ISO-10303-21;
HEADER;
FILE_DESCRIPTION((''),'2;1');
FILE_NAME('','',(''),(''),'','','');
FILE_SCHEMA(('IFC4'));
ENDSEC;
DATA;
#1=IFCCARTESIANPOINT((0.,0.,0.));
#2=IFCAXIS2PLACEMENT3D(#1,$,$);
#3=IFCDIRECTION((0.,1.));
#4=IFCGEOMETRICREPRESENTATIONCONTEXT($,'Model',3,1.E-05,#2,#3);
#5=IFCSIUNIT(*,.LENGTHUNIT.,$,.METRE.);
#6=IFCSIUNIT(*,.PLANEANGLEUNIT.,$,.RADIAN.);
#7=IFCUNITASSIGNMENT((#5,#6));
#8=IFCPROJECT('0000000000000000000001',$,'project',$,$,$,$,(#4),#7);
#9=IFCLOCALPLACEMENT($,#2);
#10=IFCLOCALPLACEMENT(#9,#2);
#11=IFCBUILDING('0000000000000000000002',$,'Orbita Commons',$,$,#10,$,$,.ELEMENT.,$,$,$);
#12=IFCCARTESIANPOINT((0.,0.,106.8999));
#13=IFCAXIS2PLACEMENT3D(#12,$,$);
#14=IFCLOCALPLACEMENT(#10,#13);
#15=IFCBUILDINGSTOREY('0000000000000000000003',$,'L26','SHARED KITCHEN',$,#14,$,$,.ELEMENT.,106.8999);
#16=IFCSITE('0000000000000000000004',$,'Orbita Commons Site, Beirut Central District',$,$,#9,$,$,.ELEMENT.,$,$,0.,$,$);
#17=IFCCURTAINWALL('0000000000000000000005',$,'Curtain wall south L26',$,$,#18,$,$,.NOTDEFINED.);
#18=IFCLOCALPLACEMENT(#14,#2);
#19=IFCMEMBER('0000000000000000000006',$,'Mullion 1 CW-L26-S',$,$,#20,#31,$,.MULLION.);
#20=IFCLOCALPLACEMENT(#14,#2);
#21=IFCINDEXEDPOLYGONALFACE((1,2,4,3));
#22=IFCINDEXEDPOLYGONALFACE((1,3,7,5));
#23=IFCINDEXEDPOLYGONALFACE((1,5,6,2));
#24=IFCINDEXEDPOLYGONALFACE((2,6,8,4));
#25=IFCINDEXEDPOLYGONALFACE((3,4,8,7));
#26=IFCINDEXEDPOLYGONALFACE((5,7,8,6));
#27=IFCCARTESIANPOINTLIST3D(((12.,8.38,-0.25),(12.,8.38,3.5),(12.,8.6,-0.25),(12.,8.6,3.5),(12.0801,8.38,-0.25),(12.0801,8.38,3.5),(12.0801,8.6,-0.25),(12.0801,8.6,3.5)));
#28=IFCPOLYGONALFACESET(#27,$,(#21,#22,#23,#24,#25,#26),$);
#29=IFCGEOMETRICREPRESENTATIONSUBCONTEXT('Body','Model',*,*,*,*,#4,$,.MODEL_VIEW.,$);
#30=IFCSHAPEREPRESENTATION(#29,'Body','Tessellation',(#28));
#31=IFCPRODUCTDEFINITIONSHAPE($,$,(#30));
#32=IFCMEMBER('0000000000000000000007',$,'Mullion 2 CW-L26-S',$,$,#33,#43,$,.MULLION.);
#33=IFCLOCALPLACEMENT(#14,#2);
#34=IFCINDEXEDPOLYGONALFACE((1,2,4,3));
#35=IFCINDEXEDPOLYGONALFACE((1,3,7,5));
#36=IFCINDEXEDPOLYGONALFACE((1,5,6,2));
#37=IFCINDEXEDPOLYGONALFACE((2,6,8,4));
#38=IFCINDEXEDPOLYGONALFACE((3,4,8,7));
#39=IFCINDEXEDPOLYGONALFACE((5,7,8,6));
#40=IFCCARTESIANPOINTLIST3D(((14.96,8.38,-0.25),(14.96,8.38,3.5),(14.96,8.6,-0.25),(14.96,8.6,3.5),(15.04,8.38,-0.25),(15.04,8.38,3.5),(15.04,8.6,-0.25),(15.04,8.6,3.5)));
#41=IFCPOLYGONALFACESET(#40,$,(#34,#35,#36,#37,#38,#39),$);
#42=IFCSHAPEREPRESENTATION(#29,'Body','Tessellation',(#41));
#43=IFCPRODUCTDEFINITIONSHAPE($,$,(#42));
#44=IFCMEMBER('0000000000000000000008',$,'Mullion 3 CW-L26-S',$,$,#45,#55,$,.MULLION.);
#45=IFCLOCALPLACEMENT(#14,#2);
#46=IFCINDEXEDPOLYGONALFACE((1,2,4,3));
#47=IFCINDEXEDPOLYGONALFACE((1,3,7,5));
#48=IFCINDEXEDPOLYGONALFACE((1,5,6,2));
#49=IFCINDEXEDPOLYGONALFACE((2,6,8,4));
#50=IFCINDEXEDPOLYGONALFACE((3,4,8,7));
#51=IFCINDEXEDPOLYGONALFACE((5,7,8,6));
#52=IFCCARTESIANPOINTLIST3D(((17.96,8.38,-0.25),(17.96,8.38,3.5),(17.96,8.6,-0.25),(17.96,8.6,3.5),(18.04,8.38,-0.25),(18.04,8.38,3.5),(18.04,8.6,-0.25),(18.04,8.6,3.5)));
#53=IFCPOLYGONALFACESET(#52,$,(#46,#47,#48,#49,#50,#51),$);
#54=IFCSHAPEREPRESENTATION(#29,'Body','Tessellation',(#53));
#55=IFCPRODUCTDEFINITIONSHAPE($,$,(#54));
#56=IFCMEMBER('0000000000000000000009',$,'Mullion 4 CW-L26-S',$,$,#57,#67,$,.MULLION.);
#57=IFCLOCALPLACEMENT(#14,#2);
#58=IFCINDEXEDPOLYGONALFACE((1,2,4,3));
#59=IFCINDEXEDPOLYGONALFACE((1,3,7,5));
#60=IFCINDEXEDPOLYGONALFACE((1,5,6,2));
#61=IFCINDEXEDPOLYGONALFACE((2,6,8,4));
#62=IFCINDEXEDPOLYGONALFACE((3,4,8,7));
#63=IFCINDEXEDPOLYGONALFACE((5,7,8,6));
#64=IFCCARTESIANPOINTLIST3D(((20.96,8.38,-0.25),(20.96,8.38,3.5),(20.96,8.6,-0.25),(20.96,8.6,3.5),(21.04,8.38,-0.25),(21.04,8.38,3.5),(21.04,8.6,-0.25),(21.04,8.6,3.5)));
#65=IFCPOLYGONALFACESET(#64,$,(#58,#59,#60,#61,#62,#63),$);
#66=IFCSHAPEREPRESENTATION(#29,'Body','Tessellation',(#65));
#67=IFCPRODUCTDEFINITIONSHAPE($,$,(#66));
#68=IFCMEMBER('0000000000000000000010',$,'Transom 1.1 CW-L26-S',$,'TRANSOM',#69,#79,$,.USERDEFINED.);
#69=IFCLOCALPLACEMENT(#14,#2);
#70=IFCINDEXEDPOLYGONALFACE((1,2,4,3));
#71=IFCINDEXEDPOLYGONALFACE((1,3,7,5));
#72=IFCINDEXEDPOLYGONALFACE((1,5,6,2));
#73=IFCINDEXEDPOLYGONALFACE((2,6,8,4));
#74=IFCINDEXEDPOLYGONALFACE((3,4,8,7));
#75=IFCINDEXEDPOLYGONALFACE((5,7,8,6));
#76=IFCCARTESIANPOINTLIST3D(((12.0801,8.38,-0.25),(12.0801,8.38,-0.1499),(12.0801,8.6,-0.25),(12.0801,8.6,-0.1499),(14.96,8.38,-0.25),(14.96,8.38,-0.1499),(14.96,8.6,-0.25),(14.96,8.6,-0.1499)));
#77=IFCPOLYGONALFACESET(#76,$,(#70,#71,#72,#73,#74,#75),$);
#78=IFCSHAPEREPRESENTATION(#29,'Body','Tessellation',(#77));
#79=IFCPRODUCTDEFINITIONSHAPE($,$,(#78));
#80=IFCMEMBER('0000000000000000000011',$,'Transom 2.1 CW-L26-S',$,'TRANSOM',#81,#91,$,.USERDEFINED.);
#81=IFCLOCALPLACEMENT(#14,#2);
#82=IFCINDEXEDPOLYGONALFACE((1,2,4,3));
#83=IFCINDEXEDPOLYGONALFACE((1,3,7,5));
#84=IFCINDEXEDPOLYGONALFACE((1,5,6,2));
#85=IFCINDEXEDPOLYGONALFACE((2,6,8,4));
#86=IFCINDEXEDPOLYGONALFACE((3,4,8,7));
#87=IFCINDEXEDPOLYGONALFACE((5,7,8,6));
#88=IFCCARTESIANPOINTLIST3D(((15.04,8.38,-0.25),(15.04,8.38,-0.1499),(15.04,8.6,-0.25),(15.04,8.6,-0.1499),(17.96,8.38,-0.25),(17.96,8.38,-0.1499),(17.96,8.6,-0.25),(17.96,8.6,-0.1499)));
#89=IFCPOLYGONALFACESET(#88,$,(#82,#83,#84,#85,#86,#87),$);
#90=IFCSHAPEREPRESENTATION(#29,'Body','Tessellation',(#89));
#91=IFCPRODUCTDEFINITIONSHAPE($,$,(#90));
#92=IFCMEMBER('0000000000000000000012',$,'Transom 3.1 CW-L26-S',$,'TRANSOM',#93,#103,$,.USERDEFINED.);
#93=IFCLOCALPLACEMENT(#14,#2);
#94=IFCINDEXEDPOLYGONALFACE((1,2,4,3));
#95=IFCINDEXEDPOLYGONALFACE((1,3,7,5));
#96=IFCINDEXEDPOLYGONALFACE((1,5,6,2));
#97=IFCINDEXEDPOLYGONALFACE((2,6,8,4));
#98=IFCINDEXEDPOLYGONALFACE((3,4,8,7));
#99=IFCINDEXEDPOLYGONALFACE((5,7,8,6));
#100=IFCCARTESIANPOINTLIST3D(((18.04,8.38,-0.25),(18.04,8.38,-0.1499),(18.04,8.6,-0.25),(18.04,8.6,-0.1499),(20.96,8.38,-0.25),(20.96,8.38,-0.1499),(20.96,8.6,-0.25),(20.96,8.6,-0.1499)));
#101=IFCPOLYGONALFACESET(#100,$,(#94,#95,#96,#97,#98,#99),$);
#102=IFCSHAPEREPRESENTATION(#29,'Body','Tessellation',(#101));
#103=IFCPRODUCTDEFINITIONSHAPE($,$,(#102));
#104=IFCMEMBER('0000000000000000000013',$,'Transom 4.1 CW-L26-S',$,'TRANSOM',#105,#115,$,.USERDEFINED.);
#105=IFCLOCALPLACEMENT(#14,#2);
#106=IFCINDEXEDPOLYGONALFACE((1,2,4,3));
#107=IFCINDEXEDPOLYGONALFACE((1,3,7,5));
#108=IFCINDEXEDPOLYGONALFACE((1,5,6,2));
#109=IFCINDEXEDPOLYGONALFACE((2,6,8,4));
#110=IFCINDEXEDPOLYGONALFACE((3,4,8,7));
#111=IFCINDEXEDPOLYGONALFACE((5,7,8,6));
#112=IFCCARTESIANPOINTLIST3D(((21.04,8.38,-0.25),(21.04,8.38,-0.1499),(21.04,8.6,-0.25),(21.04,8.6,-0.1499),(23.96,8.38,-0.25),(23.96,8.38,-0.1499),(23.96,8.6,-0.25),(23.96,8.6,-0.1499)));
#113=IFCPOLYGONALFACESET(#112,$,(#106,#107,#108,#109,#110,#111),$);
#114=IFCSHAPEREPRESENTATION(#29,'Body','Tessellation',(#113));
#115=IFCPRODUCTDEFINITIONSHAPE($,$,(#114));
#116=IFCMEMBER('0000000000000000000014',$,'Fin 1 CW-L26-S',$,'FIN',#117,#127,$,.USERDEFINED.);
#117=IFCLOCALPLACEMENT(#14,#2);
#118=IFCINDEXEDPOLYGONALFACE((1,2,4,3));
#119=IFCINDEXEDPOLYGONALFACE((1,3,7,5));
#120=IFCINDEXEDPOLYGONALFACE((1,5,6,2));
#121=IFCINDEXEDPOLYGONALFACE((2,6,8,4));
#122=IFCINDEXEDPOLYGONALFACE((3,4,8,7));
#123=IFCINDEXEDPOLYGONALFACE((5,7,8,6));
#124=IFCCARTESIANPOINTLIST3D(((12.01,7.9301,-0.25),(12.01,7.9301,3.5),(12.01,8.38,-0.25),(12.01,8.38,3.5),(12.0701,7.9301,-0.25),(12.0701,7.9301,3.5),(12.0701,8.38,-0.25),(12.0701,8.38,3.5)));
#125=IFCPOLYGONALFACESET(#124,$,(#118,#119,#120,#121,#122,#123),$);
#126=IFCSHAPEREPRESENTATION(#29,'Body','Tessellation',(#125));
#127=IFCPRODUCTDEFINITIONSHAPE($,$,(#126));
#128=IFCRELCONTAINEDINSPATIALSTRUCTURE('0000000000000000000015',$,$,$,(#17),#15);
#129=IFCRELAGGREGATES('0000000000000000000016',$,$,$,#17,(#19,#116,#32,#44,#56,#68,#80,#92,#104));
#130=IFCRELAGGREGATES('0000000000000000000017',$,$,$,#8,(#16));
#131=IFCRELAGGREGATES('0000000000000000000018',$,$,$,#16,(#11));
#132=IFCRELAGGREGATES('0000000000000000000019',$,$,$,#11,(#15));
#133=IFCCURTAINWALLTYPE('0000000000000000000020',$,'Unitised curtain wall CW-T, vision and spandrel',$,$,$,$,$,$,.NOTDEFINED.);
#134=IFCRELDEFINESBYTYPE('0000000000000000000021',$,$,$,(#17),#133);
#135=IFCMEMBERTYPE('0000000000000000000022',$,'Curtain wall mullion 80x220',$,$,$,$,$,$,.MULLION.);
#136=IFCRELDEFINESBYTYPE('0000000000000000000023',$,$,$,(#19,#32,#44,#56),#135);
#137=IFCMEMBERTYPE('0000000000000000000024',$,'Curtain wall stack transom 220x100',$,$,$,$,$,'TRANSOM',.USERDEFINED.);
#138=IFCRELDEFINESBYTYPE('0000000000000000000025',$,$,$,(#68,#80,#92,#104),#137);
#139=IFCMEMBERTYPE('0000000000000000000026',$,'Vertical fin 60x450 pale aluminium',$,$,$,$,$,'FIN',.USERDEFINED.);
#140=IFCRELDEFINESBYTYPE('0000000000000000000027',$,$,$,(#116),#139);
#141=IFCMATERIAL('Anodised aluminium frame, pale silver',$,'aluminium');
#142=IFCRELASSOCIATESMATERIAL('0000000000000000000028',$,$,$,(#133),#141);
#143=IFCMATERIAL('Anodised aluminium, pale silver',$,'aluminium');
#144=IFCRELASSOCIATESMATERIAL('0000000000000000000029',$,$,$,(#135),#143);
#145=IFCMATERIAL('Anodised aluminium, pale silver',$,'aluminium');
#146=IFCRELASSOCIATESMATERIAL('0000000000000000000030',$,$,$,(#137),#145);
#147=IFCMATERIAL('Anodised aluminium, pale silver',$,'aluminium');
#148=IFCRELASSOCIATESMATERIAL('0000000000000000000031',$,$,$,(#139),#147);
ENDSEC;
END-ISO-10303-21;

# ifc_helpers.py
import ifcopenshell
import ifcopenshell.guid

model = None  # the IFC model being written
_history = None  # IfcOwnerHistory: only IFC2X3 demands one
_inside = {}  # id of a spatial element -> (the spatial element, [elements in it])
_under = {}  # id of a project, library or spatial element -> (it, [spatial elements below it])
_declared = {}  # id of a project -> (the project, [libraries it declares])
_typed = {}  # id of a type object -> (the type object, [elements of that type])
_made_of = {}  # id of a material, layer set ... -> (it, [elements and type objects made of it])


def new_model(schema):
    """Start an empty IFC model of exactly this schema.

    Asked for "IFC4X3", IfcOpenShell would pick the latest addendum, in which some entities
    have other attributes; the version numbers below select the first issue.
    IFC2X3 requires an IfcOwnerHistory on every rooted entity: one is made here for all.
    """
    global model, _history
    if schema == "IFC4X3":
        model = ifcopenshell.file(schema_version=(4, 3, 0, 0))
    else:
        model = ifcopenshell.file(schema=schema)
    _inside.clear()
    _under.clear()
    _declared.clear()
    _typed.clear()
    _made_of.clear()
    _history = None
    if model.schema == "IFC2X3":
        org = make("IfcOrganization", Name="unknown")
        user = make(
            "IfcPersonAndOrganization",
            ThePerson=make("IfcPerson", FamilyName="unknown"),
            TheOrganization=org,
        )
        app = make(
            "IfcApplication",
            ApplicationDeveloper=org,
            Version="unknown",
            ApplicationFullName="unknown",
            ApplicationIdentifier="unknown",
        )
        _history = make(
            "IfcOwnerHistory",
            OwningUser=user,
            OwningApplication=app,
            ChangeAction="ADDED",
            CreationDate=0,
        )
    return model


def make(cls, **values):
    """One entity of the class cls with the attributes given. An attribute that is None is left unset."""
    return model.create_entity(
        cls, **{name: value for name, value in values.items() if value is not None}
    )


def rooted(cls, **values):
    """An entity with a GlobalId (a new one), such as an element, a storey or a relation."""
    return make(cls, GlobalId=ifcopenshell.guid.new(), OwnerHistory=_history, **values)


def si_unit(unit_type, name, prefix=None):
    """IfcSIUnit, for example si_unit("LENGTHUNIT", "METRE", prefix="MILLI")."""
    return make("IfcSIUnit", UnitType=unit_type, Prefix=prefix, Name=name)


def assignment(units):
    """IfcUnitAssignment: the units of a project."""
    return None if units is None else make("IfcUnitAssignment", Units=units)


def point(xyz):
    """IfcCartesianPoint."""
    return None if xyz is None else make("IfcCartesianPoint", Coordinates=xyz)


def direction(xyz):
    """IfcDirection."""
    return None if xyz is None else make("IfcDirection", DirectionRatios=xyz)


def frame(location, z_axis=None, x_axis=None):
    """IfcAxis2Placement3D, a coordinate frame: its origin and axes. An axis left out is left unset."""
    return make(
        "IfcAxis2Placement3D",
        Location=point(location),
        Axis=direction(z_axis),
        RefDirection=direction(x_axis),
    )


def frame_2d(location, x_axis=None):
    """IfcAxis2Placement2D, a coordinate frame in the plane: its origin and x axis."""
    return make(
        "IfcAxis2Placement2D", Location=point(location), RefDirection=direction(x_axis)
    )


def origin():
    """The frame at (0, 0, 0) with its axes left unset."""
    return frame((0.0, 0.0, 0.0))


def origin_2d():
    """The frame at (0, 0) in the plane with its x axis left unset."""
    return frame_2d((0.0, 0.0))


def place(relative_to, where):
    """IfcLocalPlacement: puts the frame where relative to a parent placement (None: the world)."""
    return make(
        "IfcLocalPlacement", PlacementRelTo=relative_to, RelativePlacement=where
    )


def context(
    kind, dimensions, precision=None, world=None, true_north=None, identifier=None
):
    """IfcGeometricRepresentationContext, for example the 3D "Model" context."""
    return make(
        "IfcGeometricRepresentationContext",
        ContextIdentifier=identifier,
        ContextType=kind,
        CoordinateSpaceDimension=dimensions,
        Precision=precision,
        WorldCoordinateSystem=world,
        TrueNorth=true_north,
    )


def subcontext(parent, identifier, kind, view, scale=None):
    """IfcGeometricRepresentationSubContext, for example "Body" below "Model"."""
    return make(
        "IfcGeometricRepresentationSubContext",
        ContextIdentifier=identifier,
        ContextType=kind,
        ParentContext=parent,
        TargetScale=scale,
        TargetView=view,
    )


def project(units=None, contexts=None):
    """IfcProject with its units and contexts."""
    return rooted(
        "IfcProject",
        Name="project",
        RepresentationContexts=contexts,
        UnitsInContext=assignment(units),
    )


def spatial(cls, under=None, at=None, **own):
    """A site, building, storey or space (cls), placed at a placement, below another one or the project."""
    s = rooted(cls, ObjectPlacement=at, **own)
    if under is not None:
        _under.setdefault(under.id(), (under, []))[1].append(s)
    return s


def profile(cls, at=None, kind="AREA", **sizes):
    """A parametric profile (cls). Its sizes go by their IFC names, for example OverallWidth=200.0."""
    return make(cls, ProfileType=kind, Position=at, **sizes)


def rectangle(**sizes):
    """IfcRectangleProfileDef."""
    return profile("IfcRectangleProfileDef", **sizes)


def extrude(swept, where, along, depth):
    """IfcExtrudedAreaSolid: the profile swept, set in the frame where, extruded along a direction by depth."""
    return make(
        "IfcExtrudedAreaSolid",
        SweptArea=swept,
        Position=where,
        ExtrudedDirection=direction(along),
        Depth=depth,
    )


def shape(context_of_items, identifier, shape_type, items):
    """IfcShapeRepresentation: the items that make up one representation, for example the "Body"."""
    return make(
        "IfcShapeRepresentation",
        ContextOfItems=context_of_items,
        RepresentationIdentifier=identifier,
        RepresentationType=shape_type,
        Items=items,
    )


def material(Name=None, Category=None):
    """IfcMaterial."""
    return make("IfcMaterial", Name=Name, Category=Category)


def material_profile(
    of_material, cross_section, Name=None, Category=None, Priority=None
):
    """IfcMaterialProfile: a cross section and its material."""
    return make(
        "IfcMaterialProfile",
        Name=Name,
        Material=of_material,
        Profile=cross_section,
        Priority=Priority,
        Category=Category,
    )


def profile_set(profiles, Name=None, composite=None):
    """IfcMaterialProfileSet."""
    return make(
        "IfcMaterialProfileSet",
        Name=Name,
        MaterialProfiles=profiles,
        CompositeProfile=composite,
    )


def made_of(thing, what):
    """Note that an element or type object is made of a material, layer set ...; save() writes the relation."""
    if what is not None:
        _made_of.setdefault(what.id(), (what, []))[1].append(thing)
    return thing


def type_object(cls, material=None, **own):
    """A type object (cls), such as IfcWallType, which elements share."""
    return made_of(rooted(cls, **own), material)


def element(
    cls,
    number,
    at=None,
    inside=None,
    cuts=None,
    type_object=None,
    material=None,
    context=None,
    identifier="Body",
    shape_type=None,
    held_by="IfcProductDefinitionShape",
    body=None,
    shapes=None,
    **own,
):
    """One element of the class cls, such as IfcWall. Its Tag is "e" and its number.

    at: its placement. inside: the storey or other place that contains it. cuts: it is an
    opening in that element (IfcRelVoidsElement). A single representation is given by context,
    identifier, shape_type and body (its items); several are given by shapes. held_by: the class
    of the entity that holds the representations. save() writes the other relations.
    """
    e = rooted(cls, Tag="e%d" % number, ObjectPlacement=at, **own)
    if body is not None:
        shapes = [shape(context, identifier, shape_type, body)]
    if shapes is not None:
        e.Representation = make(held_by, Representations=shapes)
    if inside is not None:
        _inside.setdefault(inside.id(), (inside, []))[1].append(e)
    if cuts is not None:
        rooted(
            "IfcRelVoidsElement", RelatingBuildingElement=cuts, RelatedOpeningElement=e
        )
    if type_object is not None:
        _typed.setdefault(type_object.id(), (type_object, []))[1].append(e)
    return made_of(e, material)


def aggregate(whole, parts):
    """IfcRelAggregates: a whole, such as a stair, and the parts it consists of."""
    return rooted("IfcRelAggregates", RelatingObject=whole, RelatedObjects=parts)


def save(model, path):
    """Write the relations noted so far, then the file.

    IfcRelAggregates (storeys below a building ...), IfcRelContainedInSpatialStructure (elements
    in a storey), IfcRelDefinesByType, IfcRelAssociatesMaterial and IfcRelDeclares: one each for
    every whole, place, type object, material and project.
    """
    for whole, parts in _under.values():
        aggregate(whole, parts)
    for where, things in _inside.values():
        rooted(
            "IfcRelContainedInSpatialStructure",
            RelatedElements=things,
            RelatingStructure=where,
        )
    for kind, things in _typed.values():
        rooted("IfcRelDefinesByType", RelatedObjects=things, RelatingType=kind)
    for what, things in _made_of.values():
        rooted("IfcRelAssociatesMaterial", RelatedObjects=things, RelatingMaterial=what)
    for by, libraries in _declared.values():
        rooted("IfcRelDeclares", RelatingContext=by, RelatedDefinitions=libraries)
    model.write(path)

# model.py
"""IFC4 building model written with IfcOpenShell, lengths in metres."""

from ifc_helpers import new_model, si_unit, direction, frame, origin, origin_2d, place, context, subcontext, project, spatial, rectangle, extrude, material, material_profile, profile_set, type_object, element, aggregate, save


model = new_model("IFC4")

# Units and contexts
model_context = context("Model", 3, precision=1e-05, world=origin(), true_north=direction((0.0, 1.0)))
body_context = subcontext(model_context, "Body", "Model", "MODEL_VIEW")
ifc_project = project(units=[si_unit("LENGTHUNIT", "METRE"), si_unit("PLANEANGLEUNIT", "RADIAN")], contexts=[model_context])

# Site, building, storey
site_placement = place(None, origin())
site = spatial("IfcSite", under=ifc_project, at=site_placement, Name="Orbita Commons Site, Beirut Central District", CompositionType="ELEMENT", RefElevation=0.0)
building_placement = place(site_placement, origin())
building = spatial("IfcBuilding", under=site, at=building_placement, Name="Orbita Commons", CompositionType="ELEMENT")
storey_placement = place(building_placement, frame((0.0, 0.0, 106.8999)))
storey = spatial("IfcBuildingStorey", under=building, at=storey_placement, Name="L26", Description="SHARED KITCHEN", CompositionType="ELEMENT", Elevation=106.8999)

# Curtain wall, members
ifc_material_1 = material(Name="Anodised aluminium frame, pale silver", Category="aluminium")
curtain_wall_type = type_object("IfcCurtainWallType", Name="Unitised curtain wall CW-T, vision and spandrel", PredefinedType="NOTDEFINED", material=ifc_material_1)
curtain_wall_placement = place(storey_placement, origin())
curtain_wall = element("IfcCurtainWall", 1, at=curtain_wall_placement, inside=storey, type_object=curtain_wall_type, Name="Curtain wall south L26", PredefinedType="NOTDEFINED")
ifc_material_2 = material(Name="Anodised aluminium, pale silver", Category="aluminium")
ifc_material_profile_1 = material_profile(ifc_material_2, rectangle(XDim=0.0801, YDim=0.22, at=origin_2d()), Name="AL 80x220")
ifc_profile_set_1 = profile_set([ifc_material_profile_1], Name="Anodised aluminium, pale silver")
member_type_1 = type_object("IfcMemberType", Name="Curtain wall mullion 80x220", PredefinedType="MULLION", material=ifc_profile_set_1)
member_1_placement = place(storey_placement, frame((12.04, 8.49, -0.25), z_axis=(0.0, 0.0, 1.0), x_axis=(1.0, 0.0, 0.0)))
member_1 = element("IfcMember", 2, at=member_1_placement, type_object=member_type_1, Name="Mullion 1 CW-L26-S", PredefinedType="MULLION", context=body_context, shape_type="SweptSolid", body=[
    extrude(rectangle(XDim=0.0801, YDim=0.22, at=origin_2d()), origin(), (0.0, 0.0, 1.0), 3.75),
])
member_2_placement = place(storey_placement, frame((15.0, 8.49, -0.25), z_axis=(0.0, 0.0, 1.0), x_axis=(1.0, 0.0, 0.0)))
member_2 = element("IfcMember", 3, at=member_2_placement, type_object=member_type_1, Name="Mullion 2 CW-L26-S", PredefinedType="MULLION", context=body_context, shape_type="SweptSolid", body=[
    extrude(rectangle(XDim=0.0801, YDim=0.22, at=origin_2d()), origin(), (0.0, 0.0, 1.0), 3.75),
])
member_3_placement = place(storey_placement, frame((18.0, 8.49, -0.25), z_axis=(0.0, 0.0, 1.0), x_axis=(1.0, 0.0, 0.0)))
member_3 = element("IfcMember", 4, at=member_3_placement, type_object=member_type_1, Name="Mullion 3 CW-L26-S", PredefinedType="MULLION", context=body_context, shape_type="SweptSolid", body=[
    extrude(rectangle(XDim=0.0801, YDim=0.22, at=origin_2d()), origin(), (0.0, 0.0, 1.0), 3.75),
])
member_4_placement = place(storey_placement, frame((21.0, 8.49, -0.25), z_axis=(0.0, 0.0, 1.0), x_axis=(1.0, 0.0, 0.0)))
member_4 = element("IfcMember", 5, at=member_4_placement, type_object=member_type_1, Name="Mullion 4 CW-L26-S", PredefinedType="MULLION", context=body_context, shape_type="SweptSolid", body=[
    extrude(rectangle(XDim=0.0801, YDim=0.22, at=origin_2d()), origin(), (0.0, 0.0, 1.0), 3.75),
])
ifc_material_3 = material(Name="Anodised aluminium, pale silver", Category="aluminium")
ifc_material_profile_2 = material_profile(ifc_material_3, rectangle(XDim=0.22, YDim=0.1001, at=origin_2d()), Name="AL 220x100")
ifc_profile_set_2 = profile_set([ifc_material_profile_2], Name="Anodised aluminium, pale silver")
member_type_2 = type_object("IfcMemberType", Name="Curtain wall stack transom 220x100", ElementType="TRANSOM", PredefinedType="USERDEFINED", material=ifc_profile_set_2)
member_5_placement = place(storey_placement, frame((12.0801, 8.49, -0.2), z_axis=(1.0, 0.0, 0.0), x_axis=(0.0, 1.0, 0.0)))
member_5 = element("IfcMember", 6, at=member_5_placement, type_object=member_type_2, Name="Transom 1.1 CW-L26-S", ObjectType="TRANSOM", PredefinedType="USERDEFINED", context=body_context, shape_type="SweptSolid", body=[
    extrude(rectangle(XDim=0.22, YDim=0.1001, at=origin_2d()), origin(), (0.0, 0.0, 1.0), 2.8799),
])
member_6_placement = place(storey_placement, frame((15.04, 8.49, -0.2), z_axis=(1.0, 0.0, 0.0), x_axis=(0.0, 1.0, 0.0)))
member_6 = element("IfcMember", 7, at=member_6_placement, type_object=member_type_2, Name="Transom 2.1 CW-L26-S", ObjectType="TRANSOM", PredefinedType="USERDEFINED", context=body_context, shape_type="SweptSolid", body=[
    extrude(rectangle(XDim=0.22, YDim=0.1001, at=origin_2d()), origin(), (0.0, 0.0, 1.0), 2.9199),
])
member_7_placement = place(storey_placement, frame((18.04, 8.49, -0.2), z_axis=(1.0, 0.0, 0.0), x_axis=(0.0, 1.0, 0.0)))
member_7 = element("IfcMember", 8, at=member_7_placement, type_object=member_type_2, Name="Transom 3.1 CW-L26-S", ObjectType="TRANSOM", PredefinedType="USERDEFINED", context=body_context, shape_type="SweptSolid", body=[
    extrude(rectangle(XDim=0.22, YDim=0.1001, at=origin_2d()), origin(), (0.0, 0.0, 1.0), 2.9199),
])
member_8_placement = place(storey_placement, frame((21.04, 8.49, -0.2), z_axis=(1.0, 0.0, 0.0), x_axis=(0.0, 1.0, 0.0)))
member_8 = element("IfcMember", 9, at=member_8_placement, type_object=member_type_2, Name="Transom 4.1 CW-L26-S", ObjectType="TRANSOM", PredefinedType="USERDEFINED", context=body_context, shape_type="SweptSolid", body=[
    extrude(rectangle(XDim=0.22, YDim=0.1001, at=origin_2d()), origin(), (0.0, 0.0, 1.0), 2.9199),
])
ifc_material_4 = material(Name="Anodised aluminium, pale silver", Category="aluminium")
ifc_material_profile_3 = material_profile(ifc_material_4, rectangle(XDim=0.0601, YDim=0.45, at=origin_2d()), Name="FIN 60x450")
ifc_profile_set_3 = profile_set([ifc_material_profile_3], Name="Anodised aluminium, pale silver")
member_type_3 = type_object("IfcMemberType", Name="Vertical fin 60x450 pale aluminium", ElementType="FIN", PredefinedType="USERDEFINED", material=ifc_profile_set_3)
member_9_placement = place(storey_placement, frame((12.04, 8.155, -0.25), z_axis=(0.0, 0.0, 1.0), x_axis=(1.0, 0.0, 0.0)))
member_9 = element("IfcMember", 10, at=member_9_placement, type_object=member_type_3, Name="Fin 1 CW-L26-S", ObjectType="FIN", PredefinedType="USERDEFINED", context=body_context, shape_type="SweptSolid", body=[
    extrude(rectangle(XDim=0.0601, YDim=0.45, at=origin_2d()), origin(), (0.0, 0.0, 1.0), 3.75),
])

aggregate(curtain_wall, [member_1, member_9, member_2, member_3, member_4, member_5, member_6, member_7, member_8])

save(model, "model.ifc")
